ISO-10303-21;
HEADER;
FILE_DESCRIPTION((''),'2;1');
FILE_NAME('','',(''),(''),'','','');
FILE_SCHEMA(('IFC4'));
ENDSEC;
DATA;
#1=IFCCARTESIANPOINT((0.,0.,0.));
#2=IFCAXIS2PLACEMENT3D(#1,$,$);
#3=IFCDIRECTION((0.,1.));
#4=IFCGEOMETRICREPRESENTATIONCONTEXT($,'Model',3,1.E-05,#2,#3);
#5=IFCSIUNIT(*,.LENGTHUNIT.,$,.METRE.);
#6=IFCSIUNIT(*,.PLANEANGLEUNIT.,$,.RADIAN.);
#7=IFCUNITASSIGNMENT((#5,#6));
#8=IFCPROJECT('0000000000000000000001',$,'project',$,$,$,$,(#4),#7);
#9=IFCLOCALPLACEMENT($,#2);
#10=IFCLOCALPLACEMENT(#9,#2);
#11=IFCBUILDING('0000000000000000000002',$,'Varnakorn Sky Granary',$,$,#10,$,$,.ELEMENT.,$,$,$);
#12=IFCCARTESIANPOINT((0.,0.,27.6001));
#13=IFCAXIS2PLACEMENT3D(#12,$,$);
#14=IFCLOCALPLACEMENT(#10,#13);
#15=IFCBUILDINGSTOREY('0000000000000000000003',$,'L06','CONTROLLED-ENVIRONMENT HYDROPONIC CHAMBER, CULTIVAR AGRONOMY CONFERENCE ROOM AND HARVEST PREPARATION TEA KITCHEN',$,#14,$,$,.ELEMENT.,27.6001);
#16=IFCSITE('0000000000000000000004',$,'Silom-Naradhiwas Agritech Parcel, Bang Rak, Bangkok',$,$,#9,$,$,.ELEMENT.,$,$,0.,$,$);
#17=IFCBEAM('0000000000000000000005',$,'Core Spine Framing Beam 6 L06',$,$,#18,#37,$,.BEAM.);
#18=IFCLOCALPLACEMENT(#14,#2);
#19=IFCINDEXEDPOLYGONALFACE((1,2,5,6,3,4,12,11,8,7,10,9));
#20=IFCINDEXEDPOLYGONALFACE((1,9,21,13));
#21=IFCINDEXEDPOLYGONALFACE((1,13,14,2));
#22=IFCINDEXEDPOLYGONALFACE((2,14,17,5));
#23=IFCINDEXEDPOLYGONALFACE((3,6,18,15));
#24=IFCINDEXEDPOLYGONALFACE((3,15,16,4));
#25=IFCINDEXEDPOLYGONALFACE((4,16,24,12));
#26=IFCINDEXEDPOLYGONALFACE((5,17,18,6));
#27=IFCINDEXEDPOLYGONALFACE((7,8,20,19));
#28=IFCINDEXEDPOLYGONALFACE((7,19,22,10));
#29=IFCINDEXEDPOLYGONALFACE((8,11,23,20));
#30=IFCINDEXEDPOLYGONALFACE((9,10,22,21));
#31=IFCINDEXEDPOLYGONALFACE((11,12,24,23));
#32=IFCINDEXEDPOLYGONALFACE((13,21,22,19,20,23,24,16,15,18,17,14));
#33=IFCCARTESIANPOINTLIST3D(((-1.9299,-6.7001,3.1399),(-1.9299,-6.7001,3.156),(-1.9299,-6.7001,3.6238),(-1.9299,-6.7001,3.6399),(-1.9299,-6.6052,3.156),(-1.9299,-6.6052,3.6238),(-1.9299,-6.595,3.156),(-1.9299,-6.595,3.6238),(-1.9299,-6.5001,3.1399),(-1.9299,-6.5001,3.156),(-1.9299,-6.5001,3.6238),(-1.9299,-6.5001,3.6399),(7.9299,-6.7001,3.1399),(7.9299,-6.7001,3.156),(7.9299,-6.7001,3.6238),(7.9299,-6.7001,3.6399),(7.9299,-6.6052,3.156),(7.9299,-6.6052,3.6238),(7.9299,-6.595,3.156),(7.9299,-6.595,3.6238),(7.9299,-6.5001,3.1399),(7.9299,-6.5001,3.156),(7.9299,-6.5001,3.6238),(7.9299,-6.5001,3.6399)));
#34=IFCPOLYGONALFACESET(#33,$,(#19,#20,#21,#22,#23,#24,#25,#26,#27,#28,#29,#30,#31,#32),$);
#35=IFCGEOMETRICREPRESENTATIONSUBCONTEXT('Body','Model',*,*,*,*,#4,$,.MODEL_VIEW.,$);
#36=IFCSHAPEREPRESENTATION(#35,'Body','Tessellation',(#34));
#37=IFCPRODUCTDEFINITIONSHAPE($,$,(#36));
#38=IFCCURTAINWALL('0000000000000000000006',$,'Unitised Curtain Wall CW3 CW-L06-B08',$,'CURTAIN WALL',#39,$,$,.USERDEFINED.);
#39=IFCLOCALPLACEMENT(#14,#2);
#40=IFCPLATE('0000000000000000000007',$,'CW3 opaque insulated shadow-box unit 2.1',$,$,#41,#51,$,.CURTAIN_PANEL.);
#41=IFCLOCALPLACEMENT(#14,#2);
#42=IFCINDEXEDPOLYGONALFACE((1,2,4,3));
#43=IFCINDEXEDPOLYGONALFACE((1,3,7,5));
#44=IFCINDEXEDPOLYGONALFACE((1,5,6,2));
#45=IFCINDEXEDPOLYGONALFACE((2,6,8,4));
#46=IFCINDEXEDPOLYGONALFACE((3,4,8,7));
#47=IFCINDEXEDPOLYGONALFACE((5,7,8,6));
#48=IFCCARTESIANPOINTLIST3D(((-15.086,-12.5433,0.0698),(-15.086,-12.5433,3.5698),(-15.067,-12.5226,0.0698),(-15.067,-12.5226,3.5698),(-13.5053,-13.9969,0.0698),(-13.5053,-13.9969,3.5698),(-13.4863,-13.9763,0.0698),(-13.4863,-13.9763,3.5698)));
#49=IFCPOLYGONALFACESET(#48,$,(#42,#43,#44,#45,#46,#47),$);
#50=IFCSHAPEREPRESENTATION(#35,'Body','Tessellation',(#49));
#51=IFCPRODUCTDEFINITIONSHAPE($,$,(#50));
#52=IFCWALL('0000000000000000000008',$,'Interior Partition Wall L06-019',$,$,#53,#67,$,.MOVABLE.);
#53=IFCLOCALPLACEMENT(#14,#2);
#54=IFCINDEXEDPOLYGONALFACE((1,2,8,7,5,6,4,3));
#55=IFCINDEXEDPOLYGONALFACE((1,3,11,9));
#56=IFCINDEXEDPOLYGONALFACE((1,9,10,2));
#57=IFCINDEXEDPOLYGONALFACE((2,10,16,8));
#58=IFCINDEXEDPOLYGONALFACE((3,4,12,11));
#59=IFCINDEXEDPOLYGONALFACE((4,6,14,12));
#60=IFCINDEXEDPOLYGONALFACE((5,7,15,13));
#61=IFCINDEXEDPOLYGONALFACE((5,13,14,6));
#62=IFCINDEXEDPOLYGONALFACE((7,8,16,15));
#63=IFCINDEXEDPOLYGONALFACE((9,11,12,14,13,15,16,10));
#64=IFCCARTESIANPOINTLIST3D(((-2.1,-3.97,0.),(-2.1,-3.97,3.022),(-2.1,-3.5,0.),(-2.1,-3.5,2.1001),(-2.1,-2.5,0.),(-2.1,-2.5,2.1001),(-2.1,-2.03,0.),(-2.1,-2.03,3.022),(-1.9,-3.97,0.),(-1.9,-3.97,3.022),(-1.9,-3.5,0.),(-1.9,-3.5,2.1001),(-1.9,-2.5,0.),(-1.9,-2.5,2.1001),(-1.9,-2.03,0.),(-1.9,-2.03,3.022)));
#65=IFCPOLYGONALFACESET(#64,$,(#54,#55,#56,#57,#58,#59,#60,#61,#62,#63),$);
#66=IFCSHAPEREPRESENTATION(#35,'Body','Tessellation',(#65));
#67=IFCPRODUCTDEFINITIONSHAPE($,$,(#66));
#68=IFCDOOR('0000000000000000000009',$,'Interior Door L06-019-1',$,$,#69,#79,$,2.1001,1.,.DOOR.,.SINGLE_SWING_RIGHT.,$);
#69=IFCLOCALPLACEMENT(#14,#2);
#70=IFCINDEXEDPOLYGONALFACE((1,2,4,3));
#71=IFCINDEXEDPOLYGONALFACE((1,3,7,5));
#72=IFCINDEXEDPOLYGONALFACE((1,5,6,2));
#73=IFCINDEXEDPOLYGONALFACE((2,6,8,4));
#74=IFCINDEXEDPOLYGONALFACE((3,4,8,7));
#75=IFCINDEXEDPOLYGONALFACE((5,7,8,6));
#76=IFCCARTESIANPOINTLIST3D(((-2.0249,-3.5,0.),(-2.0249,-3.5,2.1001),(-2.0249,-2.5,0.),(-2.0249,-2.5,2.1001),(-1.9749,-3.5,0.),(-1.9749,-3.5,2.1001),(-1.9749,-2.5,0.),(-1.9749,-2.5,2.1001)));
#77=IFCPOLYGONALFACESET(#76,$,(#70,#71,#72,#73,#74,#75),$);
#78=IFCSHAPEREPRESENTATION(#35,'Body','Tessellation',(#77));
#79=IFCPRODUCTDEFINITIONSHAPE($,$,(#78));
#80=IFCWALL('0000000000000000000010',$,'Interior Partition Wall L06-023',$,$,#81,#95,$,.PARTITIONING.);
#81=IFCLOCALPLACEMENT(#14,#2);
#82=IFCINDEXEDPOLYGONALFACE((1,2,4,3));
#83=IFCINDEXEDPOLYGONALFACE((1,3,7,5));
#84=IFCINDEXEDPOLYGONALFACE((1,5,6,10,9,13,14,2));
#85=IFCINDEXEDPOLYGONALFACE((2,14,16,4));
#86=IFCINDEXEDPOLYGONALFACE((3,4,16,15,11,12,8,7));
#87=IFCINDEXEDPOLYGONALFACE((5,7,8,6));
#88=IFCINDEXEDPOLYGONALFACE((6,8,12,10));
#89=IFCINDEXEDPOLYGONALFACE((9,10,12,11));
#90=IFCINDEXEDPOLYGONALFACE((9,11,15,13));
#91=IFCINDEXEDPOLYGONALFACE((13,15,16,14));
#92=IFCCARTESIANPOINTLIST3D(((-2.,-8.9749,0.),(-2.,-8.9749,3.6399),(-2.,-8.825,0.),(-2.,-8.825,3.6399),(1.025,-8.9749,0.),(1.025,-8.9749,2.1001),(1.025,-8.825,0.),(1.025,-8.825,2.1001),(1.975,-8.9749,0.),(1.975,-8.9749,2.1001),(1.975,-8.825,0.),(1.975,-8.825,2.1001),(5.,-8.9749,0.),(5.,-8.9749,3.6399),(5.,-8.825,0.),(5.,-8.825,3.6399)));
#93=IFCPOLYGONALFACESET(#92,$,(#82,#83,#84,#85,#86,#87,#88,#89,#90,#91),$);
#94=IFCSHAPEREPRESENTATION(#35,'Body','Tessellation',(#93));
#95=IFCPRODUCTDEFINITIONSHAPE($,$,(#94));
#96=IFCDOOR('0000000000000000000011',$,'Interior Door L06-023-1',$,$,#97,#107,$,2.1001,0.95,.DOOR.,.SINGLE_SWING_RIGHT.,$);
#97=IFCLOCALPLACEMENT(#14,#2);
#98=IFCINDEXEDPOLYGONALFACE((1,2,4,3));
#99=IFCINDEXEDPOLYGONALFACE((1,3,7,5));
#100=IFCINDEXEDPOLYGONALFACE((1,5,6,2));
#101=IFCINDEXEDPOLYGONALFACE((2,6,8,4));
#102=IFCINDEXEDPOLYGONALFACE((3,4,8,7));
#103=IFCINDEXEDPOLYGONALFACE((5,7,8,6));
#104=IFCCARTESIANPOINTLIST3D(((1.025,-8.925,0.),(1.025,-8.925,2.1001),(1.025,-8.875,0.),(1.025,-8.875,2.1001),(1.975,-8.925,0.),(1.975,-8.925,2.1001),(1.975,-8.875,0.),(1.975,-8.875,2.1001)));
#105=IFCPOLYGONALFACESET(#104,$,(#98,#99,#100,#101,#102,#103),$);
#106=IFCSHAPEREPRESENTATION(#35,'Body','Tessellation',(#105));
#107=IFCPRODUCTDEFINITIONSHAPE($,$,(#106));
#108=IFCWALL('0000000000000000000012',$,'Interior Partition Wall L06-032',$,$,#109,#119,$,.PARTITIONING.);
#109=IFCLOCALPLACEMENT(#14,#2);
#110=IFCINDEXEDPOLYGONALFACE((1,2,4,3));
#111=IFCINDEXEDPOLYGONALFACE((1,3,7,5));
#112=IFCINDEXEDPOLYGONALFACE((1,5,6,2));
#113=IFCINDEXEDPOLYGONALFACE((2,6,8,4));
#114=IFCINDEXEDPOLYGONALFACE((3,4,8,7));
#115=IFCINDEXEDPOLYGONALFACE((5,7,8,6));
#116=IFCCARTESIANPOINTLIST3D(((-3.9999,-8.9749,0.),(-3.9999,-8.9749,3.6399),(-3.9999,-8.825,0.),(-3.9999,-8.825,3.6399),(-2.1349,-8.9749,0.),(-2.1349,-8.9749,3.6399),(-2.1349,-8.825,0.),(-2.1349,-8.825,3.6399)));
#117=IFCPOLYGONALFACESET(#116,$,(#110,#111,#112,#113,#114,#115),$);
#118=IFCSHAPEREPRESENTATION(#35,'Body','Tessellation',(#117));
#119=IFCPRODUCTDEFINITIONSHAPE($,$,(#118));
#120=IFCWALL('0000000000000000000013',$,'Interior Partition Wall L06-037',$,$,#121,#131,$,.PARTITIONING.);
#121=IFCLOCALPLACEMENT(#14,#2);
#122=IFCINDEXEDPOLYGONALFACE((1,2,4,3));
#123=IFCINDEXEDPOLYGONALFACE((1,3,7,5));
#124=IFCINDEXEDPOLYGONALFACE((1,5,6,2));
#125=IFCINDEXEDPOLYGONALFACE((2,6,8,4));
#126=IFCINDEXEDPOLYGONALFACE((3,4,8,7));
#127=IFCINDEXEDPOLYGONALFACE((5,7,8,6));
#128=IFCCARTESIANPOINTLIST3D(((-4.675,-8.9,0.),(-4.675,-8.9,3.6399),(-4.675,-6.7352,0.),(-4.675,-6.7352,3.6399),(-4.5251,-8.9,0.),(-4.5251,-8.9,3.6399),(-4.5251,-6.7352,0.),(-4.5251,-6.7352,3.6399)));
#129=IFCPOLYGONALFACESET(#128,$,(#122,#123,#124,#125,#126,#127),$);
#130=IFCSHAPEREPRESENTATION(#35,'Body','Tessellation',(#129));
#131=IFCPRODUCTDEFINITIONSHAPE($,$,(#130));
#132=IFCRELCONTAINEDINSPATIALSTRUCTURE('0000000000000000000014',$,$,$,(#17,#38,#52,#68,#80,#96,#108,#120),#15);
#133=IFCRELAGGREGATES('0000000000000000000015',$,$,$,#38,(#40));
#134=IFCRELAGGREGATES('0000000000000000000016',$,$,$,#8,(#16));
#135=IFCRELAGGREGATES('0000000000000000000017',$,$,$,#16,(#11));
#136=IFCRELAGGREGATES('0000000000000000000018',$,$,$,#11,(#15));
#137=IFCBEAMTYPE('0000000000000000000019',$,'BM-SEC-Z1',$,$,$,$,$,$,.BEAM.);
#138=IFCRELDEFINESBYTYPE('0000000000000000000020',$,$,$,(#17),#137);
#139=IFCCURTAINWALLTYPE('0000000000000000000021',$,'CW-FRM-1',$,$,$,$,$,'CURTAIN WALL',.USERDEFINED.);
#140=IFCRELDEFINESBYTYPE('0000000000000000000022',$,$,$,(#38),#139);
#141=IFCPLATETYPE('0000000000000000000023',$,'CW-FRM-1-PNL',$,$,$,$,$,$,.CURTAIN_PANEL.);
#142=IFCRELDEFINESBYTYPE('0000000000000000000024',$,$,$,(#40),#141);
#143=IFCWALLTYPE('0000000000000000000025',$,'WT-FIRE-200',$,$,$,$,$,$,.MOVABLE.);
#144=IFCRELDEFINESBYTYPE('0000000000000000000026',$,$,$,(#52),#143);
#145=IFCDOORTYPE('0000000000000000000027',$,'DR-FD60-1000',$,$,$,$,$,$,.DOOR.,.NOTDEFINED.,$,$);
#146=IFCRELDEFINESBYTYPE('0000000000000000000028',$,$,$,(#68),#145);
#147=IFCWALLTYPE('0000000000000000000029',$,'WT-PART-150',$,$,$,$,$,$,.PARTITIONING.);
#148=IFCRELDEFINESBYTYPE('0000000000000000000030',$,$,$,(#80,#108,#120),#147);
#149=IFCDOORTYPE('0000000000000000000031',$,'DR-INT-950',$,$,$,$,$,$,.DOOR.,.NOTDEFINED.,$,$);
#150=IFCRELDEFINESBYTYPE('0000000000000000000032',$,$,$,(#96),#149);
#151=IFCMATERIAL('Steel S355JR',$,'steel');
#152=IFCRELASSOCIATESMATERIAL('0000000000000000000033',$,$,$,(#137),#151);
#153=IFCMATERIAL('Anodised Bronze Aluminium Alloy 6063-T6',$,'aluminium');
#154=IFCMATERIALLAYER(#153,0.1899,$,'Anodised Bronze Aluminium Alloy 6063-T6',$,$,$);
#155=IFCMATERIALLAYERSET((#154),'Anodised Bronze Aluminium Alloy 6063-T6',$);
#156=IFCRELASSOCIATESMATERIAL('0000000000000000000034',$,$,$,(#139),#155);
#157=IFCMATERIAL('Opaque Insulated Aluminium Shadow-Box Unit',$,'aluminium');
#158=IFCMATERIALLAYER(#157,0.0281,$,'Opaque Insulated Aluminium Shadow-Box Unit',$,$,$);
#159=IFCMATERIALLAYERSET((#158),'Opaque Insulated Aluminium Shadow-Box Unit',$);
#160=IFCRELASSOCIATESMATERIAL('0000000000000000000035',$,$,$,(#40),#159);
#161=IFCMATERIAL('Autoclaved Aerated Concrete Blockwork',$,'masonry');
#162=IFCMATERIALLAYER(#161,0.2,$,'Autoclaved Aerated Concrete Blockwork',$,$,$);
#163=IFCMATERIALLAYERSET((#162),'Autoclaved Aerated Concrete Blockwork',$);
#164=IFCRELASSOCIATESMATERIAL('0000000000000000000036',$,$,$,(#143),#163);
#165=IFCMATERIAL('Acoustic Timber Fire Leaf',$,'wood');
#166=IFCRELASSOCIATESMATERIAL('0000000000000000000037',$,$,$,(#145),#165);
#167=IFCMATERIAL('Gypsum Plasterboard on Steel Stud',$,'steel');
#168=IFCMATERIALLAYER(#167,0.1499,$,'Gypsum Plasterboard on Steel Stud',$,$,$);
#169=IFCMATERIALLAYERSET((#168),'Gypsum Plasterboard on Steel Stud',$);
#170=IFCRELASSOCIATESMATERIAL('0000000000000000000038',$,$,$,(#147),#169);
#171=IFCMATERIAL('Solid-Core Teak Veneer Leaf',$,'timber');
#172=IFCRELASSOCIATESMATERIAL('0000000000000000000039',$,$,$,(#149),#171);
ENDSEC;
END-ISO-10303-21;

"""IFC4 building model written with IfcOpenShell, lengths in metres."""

from ifc_helpers import new_model, si_unit, direction, frame, frame_2d, origin, origin_2d, place, context, subcontext, project, spatial, rectangle, i_section, extrude, source, transform, mapped, material, layer, layer_set, material_profile, profile_set, type_object, type_shapes, element, fill, aggregate, save


model = new_model("IFC4")

# Units and contexts
model_context = context("Model", 3, precision=1e-05, world=origin(), true_north=direction((0.0, 1.0)))
body_context = subcontext(model_context, "Body", "Model", "MODEL_VIEW")
ifc_project = project(units=[si_unit("LENGTHUNIT", "METRE"), si_unit("PLANEANGLEUNIT", "RADIAN")], contexts=[model_context])

# Site, building, storey
site_placement = place(None, origin())
site = spatial("IfcSite", under=ifc_project, at=site_placement, Name="Silom-Naradhiwas Agritech Parcel, Bang Rak, Bangkok", CompositionType="ELEMENT", RefElevation=0.0)
building_placement = place(site_placement, origin())
building = spatial("IfcBuilding", under=site, at=building_placement, Name="Varnakorn Sky Granary", CompositionType="ELEMENT")
storey_placement = place(building_placement, frame((0.0, 0.0, 27.6001)))
storey = spatial("IfcBuildingStorey", under=building, at=storey_placement, Name="L06", Description="CONTROLLED-ENVIRONMENT HYDROPONIC CHAMBER, CULTIVAR AGRONOMY CONFERENCE ROOM AND HARVEST PREPARATION TEA KITCHEN", CompositionType="ELEMENT", Elevation=27.6001)

# Beam
ifc_material_1 = material(Name="Steel S355JR", Category="steel")
ifc_material_profile_1 = material_profile(ifc_material_1, i_section(OverallWidth=0.2, OverallDepth=0.5, WebThickness=0.0103, FlangeThickness=0.0161, at=origin_2d()), Name="IPE 500")
ifc_profile_set_1 = profile_set([ifc_material_profile_1], Name="Steel S355JR")
beam_type_1 = type_object("IfcBeamType", Name="BM-SEC-Z1", PredefinedType="BEAM", material=ifc_profile_set_1)
beam_1_placement = place(storey_placement, frame((-1.9299, -6.6001, 3.3899), z_axis=(1.0, 0.0, 0.0), x_axis=(0.0, 1.0, 0.0)))
element("IfcBeam", 1, at=beam_1_placement, inside=storey, type_object=beam_type_1, Name="Core Spine Framing Beam 6 L06", PredefinedType="BEAM", context=body_context, shape_type="SweptSolid", body=[
    extrude(i_section(OverallWidth=0.2, OverallDepth=0.5, WebThickness=0.0103, FlangeThickness=0.0161, at=origin_2d()), origin(), (0.0, 0.0, 1.0), 9.8599),
])

# Curtain wall, plate
ifc_material_2 = material(Name="Anodised Bronze Aluminium Alloy 6063-T6", Category="aluminium")
ifc_layer_1 = layer(ifc_material_2, 0.1899, Name="Anodised Bronze Aluminium Alloy 6063-T6")
ifc_layer_set_1 = layer_set([ifc_layer_1], Name="Anodised Bronze Aluminium Alloy 6063-T6")
curtain_wall_type = type_object("IfcCurtainWallType", Name="CW-FRM-1", ElementType="CURTAIN WALL", PredefinedType="USERDEFINED", material=ifc_layer_set_1)
curtain_wall_placement = place(storey_placement, origin())
curtain_wall = element("IfcCurtainWall", 2, at=curtain_wall_placement, inside=storey, type_object=curtain_wall_type, Name="Unitised Curtain Wall CW3 CW-L06-B08", ObjectType="CURTAIN WALL", PredefinedType="USERDEFINED")
ifc_material_3 = material(Name="Opaque Insulated Aluminium Shadow-Box Unit", Category="aluminium")
ifc_layer_2 = layer(ifc_material_3, 0.0281, Name="Opaque Insulated Aluminium Shadow-Box Unit")
ifc_layer_set_2 = layer_set([ifc_layer_2], Name="Opaque Insulated Aluminium Shadow-Box Unit")
plate_type = type_object("IfcPlateType", Name="CW-FRM-1-PNL", PredefinedType="CURTAIN_PANEL")
shared_shape = source(origin(), body_context, "Body", "SweptSolid", [
    extrude(rectangle(XDim=2.1475, YDim=0.0281, at=origin_2d()), origin(), (0.0, 0.0, 1.0), 3.5),
])
type_shapes(plate_type, [shared_shape])
plate_placement = place(storey_placement, frame((-14.2861, -13.2598, 0.0698), z_axis=(0.0, 0.0, 1.0), x_axis=(-0.736062, 0.676914, 0.0)))
plate = element("IfcPlate", 3, at=plate_placement, type_object=plate_type, material=ifc_layer_set_2, Name="CW3 opaque insulated shadow-box unit 2.1", PredefinedType="CURTAIN_PANEL", context=body_context, shape_type="MappedRepresentation", body=[
    mapped(shared_shape, transform((0.0, 0.0, 0.0), x_axis=(1.0, 0.0, 0.0), y_axis=(0.0, 1.0, 0.0), z_axis=(0.0, 0.0, 1.0), scale=1.0)),
])
aggregate(curtain_wall, [plate])

# Walls, openings, doors
ifc_material_4 = material(Name="Autoclaved Aerated Concrete Blockwork", Category="masonry")
ifc_layer_3 = layer(ifc_material_4, 0.2, Name="Autoclaved Aerated Concrete Blockwork")
ifc_layer_set_3 = layer_set([ifc_layer_3], Name="Autoclaved Aerated Concrete Blockwork")
wall_type_1 = type_object("IfcWallType", Name="WT-FIRE-200", PredefinedType="MOVABLE", material=ifc_layer_set_3)
wall_1_placement = place(storey_placement, frame((-2.0, -3.97, 0.0), z_axis=(0.0, 0.0, 1.0), x_axis=(0.0, 1.0, 0.0)))
wall_1 = element("IfcWall", 4, at=wall_1_placement, inside=storey, type_object=wall_type_1, Name="Interior Partition Wall L06-019", PredefinedType="MOVABLE", context=body_context, shape_type="SweptSolid", body=[
    extrude(rectangle(XDim=1.9399, YDim=0.2, at=frame_2d((0.97, 0.0))), origin(), (0.0, 0.0, 1.0), 3.022),
])
opening_1_placement = place(wall_1_placement, frame((0.47, 0.0, 0.0)))
opening_1 = element("IfcOpeningElement", 5, at=opening_1_placement, cuts=wall_1, PredefinedType="OPENING", context=body_context, shape_type="SweptSolid", body=[
    extrude(rectangle(XDim=1.0, YDim=2.1001, at=frame_2d((0.5, 1.05))), frame((0.0, 0.1099, 0.0), z_axis=(0.0, -1.0, 0.0), x_axis=(1.0, 0.0, 0.0)), (0.0, 0.0, 1.0), 0.22),
])
ifc_material_5 = material(Name="Acoustic Timber Fire Leaf", Category="wood")
door_type_1 = type_object("IfcDoorType", Name="DR-FD60-1000", OperationType="NOTDEFINED", PredefinedType="DOOR", material=ifc_material_5)
door_1_placement = place(opening_1_placement, origin())
door_1 = element("IfcDoor", 6, at=door_1_placement, inside=storey, type_object=door_type_1, Name="Interior Door L06-019-1", OperationType="SINGLE_SWING_RIGHT", OverallHeight=2.1001, OverallWidth=1.0, PredefinedType="DOOR", context=body_context, shape_type="SweptSolid", body=[
    extrude(rectangle(XDim=1.0, YDim=2.1001, at=frame_2d((0.5, 1.05))), frame((0.0, 0.0249, 0.0), z_axis=(0.0, -1.0, 0.0), x_axis=(1.0, 0.0, 0.0)), (0.0, 0.0, 1.0), 0.05),
])
fill(opening_1, door_1)
ifc_material_6 = material(Name="Gypsum Plasterboard on Steel Stud", Category="steel")
ifc_layer_4 = layer(ifc_material_6, 0.1499, Name="Gypsum Plasterboard on Steel Stud")
ifc_layer_set_4 = layer_set([ifc_layer_4], Name="Gypsum Plasterboard on Steel Stud")
wall_type_2 = type_object("IfcWallType", Name="WT-PART-150", PredefinedType="PARTITIONING", material=ifc_layer_set_4)
wall_2_placement = place(storey_placement, frame((-2.0, -8.8999, 0.0), z_axis=(0.0, 0.0, 1.0), x_axis=(1.0, 0.0, 0.0)))
wall_2 = element("IfcWall", 7, at=wall_2_placement, inside=storey, type_object=wall_type_2, Name="Interior Partition Wall L06-023", PredefinedType="PARTITIONING", context=body_context, shape_type="SweptSolid", body=[
    extrude(rectangle(XDim=7.0, YDim=0.1499, at=frame_2d((3.5, 0.0))), origin(), (0.0, 0.0, 1.0), 3.6399),
])
opening_2_placement = place(wall_2_placement, frame((3.0249, 0.0, 0.0)))
opening_2 = element("IfcOpeningElement", 8, at=opening_2_placement, cuts=wall_2, PredefinedType="OPENING", context=body_context, shape_type="SweptSolid", body=[
    extrude(rectangle(XDim=0.95, YDim=2.1001, at=frame_2d((0.4751, 1.05))), frame((0.0, 0.085, 0.0), z_axis=(0.0, -1.0, 0.0), x_axis=(1.0, 0.0, 0.0)), (0.0, 0.0, 1.0), 0.1699),
])
ifc_material_7 = material(Name="Solid-Core Teak Veneer Leaf", Category="timber")
door_type_2 = type_object("IfcDoorType", Name="DR-INT-950", OperationType="NOTDEFINED", PredefinedType="DOOR", material=ifc_material_7)
door_2_placement = place(opening_2_placement, origin())
door_2 = element("IfcDoor", 9, at=door_2_placement, inside=storey, type_object=door_type_2, Name="Interior Door L06-023-1", OperationType="SINGLE_SWING_RIGHT", OverallHeight=2.1001, OverallWidth=0.95, PredefinedType="DOOR", context=body_context, shape_type="SweptSolid", body=[
    extrude(rectangle(XDim=0.95, YDim=2.1001, at=frame_2d((0.4751, 1.05))), frame((0.0, 0.0249, 0.0), z_axis=(0.0, -1.0, 0.0), x_axis=(1.0, 0.0, 0.0)), (0.0, 0.0, 1.0), 0.05),
])
fill(opening_2, door_2)

# Walls
wall_3_placement = place(storey_placement, frame((-4.0, -8.8999, 0.0), z_axis=(0.0, 0.0, 1.0), x_axis=(1.0, 0.0, 0.0)))
element("IfcWall", 10, at=wall_3_placement, inside=storey, type_object=wall_type_2, Name="Interior Partition Wall L06-032", PredefinedType="PARTITIONING", context=body_context, shape_type="SweptSolid", body=[
    extrude(rectangle(XDim=1.865, YDim=0.1499, at=frame_2d((0.9326, 0.0))), origin(), (0.0, 0.0, 1.0), 3.6399),
])
wall_4_placement = place(storey_placement, frame((-4.6001, -6.7351, 0.0), z_axis=(0.0, 0.0, 1.0), x_axis=(0.0, -1.0, 0.0)))
element("IfcWall", 11, at=wall_4_placement, inside=storey, type_object=wall_type_2, Name="Interior Partition Wall L06-037", PredefinedType="PARTITIONING", context=body_context, shape_type="SweptSolid", body=[
    extrude(rectangle(XDim=2.1648, YDim=0.1499, at=frame_2d((1.0825, 0.0))), origin(), (0.0, 0.0, 1.0), 3.6399),
])

save(model, "model.ifc")
